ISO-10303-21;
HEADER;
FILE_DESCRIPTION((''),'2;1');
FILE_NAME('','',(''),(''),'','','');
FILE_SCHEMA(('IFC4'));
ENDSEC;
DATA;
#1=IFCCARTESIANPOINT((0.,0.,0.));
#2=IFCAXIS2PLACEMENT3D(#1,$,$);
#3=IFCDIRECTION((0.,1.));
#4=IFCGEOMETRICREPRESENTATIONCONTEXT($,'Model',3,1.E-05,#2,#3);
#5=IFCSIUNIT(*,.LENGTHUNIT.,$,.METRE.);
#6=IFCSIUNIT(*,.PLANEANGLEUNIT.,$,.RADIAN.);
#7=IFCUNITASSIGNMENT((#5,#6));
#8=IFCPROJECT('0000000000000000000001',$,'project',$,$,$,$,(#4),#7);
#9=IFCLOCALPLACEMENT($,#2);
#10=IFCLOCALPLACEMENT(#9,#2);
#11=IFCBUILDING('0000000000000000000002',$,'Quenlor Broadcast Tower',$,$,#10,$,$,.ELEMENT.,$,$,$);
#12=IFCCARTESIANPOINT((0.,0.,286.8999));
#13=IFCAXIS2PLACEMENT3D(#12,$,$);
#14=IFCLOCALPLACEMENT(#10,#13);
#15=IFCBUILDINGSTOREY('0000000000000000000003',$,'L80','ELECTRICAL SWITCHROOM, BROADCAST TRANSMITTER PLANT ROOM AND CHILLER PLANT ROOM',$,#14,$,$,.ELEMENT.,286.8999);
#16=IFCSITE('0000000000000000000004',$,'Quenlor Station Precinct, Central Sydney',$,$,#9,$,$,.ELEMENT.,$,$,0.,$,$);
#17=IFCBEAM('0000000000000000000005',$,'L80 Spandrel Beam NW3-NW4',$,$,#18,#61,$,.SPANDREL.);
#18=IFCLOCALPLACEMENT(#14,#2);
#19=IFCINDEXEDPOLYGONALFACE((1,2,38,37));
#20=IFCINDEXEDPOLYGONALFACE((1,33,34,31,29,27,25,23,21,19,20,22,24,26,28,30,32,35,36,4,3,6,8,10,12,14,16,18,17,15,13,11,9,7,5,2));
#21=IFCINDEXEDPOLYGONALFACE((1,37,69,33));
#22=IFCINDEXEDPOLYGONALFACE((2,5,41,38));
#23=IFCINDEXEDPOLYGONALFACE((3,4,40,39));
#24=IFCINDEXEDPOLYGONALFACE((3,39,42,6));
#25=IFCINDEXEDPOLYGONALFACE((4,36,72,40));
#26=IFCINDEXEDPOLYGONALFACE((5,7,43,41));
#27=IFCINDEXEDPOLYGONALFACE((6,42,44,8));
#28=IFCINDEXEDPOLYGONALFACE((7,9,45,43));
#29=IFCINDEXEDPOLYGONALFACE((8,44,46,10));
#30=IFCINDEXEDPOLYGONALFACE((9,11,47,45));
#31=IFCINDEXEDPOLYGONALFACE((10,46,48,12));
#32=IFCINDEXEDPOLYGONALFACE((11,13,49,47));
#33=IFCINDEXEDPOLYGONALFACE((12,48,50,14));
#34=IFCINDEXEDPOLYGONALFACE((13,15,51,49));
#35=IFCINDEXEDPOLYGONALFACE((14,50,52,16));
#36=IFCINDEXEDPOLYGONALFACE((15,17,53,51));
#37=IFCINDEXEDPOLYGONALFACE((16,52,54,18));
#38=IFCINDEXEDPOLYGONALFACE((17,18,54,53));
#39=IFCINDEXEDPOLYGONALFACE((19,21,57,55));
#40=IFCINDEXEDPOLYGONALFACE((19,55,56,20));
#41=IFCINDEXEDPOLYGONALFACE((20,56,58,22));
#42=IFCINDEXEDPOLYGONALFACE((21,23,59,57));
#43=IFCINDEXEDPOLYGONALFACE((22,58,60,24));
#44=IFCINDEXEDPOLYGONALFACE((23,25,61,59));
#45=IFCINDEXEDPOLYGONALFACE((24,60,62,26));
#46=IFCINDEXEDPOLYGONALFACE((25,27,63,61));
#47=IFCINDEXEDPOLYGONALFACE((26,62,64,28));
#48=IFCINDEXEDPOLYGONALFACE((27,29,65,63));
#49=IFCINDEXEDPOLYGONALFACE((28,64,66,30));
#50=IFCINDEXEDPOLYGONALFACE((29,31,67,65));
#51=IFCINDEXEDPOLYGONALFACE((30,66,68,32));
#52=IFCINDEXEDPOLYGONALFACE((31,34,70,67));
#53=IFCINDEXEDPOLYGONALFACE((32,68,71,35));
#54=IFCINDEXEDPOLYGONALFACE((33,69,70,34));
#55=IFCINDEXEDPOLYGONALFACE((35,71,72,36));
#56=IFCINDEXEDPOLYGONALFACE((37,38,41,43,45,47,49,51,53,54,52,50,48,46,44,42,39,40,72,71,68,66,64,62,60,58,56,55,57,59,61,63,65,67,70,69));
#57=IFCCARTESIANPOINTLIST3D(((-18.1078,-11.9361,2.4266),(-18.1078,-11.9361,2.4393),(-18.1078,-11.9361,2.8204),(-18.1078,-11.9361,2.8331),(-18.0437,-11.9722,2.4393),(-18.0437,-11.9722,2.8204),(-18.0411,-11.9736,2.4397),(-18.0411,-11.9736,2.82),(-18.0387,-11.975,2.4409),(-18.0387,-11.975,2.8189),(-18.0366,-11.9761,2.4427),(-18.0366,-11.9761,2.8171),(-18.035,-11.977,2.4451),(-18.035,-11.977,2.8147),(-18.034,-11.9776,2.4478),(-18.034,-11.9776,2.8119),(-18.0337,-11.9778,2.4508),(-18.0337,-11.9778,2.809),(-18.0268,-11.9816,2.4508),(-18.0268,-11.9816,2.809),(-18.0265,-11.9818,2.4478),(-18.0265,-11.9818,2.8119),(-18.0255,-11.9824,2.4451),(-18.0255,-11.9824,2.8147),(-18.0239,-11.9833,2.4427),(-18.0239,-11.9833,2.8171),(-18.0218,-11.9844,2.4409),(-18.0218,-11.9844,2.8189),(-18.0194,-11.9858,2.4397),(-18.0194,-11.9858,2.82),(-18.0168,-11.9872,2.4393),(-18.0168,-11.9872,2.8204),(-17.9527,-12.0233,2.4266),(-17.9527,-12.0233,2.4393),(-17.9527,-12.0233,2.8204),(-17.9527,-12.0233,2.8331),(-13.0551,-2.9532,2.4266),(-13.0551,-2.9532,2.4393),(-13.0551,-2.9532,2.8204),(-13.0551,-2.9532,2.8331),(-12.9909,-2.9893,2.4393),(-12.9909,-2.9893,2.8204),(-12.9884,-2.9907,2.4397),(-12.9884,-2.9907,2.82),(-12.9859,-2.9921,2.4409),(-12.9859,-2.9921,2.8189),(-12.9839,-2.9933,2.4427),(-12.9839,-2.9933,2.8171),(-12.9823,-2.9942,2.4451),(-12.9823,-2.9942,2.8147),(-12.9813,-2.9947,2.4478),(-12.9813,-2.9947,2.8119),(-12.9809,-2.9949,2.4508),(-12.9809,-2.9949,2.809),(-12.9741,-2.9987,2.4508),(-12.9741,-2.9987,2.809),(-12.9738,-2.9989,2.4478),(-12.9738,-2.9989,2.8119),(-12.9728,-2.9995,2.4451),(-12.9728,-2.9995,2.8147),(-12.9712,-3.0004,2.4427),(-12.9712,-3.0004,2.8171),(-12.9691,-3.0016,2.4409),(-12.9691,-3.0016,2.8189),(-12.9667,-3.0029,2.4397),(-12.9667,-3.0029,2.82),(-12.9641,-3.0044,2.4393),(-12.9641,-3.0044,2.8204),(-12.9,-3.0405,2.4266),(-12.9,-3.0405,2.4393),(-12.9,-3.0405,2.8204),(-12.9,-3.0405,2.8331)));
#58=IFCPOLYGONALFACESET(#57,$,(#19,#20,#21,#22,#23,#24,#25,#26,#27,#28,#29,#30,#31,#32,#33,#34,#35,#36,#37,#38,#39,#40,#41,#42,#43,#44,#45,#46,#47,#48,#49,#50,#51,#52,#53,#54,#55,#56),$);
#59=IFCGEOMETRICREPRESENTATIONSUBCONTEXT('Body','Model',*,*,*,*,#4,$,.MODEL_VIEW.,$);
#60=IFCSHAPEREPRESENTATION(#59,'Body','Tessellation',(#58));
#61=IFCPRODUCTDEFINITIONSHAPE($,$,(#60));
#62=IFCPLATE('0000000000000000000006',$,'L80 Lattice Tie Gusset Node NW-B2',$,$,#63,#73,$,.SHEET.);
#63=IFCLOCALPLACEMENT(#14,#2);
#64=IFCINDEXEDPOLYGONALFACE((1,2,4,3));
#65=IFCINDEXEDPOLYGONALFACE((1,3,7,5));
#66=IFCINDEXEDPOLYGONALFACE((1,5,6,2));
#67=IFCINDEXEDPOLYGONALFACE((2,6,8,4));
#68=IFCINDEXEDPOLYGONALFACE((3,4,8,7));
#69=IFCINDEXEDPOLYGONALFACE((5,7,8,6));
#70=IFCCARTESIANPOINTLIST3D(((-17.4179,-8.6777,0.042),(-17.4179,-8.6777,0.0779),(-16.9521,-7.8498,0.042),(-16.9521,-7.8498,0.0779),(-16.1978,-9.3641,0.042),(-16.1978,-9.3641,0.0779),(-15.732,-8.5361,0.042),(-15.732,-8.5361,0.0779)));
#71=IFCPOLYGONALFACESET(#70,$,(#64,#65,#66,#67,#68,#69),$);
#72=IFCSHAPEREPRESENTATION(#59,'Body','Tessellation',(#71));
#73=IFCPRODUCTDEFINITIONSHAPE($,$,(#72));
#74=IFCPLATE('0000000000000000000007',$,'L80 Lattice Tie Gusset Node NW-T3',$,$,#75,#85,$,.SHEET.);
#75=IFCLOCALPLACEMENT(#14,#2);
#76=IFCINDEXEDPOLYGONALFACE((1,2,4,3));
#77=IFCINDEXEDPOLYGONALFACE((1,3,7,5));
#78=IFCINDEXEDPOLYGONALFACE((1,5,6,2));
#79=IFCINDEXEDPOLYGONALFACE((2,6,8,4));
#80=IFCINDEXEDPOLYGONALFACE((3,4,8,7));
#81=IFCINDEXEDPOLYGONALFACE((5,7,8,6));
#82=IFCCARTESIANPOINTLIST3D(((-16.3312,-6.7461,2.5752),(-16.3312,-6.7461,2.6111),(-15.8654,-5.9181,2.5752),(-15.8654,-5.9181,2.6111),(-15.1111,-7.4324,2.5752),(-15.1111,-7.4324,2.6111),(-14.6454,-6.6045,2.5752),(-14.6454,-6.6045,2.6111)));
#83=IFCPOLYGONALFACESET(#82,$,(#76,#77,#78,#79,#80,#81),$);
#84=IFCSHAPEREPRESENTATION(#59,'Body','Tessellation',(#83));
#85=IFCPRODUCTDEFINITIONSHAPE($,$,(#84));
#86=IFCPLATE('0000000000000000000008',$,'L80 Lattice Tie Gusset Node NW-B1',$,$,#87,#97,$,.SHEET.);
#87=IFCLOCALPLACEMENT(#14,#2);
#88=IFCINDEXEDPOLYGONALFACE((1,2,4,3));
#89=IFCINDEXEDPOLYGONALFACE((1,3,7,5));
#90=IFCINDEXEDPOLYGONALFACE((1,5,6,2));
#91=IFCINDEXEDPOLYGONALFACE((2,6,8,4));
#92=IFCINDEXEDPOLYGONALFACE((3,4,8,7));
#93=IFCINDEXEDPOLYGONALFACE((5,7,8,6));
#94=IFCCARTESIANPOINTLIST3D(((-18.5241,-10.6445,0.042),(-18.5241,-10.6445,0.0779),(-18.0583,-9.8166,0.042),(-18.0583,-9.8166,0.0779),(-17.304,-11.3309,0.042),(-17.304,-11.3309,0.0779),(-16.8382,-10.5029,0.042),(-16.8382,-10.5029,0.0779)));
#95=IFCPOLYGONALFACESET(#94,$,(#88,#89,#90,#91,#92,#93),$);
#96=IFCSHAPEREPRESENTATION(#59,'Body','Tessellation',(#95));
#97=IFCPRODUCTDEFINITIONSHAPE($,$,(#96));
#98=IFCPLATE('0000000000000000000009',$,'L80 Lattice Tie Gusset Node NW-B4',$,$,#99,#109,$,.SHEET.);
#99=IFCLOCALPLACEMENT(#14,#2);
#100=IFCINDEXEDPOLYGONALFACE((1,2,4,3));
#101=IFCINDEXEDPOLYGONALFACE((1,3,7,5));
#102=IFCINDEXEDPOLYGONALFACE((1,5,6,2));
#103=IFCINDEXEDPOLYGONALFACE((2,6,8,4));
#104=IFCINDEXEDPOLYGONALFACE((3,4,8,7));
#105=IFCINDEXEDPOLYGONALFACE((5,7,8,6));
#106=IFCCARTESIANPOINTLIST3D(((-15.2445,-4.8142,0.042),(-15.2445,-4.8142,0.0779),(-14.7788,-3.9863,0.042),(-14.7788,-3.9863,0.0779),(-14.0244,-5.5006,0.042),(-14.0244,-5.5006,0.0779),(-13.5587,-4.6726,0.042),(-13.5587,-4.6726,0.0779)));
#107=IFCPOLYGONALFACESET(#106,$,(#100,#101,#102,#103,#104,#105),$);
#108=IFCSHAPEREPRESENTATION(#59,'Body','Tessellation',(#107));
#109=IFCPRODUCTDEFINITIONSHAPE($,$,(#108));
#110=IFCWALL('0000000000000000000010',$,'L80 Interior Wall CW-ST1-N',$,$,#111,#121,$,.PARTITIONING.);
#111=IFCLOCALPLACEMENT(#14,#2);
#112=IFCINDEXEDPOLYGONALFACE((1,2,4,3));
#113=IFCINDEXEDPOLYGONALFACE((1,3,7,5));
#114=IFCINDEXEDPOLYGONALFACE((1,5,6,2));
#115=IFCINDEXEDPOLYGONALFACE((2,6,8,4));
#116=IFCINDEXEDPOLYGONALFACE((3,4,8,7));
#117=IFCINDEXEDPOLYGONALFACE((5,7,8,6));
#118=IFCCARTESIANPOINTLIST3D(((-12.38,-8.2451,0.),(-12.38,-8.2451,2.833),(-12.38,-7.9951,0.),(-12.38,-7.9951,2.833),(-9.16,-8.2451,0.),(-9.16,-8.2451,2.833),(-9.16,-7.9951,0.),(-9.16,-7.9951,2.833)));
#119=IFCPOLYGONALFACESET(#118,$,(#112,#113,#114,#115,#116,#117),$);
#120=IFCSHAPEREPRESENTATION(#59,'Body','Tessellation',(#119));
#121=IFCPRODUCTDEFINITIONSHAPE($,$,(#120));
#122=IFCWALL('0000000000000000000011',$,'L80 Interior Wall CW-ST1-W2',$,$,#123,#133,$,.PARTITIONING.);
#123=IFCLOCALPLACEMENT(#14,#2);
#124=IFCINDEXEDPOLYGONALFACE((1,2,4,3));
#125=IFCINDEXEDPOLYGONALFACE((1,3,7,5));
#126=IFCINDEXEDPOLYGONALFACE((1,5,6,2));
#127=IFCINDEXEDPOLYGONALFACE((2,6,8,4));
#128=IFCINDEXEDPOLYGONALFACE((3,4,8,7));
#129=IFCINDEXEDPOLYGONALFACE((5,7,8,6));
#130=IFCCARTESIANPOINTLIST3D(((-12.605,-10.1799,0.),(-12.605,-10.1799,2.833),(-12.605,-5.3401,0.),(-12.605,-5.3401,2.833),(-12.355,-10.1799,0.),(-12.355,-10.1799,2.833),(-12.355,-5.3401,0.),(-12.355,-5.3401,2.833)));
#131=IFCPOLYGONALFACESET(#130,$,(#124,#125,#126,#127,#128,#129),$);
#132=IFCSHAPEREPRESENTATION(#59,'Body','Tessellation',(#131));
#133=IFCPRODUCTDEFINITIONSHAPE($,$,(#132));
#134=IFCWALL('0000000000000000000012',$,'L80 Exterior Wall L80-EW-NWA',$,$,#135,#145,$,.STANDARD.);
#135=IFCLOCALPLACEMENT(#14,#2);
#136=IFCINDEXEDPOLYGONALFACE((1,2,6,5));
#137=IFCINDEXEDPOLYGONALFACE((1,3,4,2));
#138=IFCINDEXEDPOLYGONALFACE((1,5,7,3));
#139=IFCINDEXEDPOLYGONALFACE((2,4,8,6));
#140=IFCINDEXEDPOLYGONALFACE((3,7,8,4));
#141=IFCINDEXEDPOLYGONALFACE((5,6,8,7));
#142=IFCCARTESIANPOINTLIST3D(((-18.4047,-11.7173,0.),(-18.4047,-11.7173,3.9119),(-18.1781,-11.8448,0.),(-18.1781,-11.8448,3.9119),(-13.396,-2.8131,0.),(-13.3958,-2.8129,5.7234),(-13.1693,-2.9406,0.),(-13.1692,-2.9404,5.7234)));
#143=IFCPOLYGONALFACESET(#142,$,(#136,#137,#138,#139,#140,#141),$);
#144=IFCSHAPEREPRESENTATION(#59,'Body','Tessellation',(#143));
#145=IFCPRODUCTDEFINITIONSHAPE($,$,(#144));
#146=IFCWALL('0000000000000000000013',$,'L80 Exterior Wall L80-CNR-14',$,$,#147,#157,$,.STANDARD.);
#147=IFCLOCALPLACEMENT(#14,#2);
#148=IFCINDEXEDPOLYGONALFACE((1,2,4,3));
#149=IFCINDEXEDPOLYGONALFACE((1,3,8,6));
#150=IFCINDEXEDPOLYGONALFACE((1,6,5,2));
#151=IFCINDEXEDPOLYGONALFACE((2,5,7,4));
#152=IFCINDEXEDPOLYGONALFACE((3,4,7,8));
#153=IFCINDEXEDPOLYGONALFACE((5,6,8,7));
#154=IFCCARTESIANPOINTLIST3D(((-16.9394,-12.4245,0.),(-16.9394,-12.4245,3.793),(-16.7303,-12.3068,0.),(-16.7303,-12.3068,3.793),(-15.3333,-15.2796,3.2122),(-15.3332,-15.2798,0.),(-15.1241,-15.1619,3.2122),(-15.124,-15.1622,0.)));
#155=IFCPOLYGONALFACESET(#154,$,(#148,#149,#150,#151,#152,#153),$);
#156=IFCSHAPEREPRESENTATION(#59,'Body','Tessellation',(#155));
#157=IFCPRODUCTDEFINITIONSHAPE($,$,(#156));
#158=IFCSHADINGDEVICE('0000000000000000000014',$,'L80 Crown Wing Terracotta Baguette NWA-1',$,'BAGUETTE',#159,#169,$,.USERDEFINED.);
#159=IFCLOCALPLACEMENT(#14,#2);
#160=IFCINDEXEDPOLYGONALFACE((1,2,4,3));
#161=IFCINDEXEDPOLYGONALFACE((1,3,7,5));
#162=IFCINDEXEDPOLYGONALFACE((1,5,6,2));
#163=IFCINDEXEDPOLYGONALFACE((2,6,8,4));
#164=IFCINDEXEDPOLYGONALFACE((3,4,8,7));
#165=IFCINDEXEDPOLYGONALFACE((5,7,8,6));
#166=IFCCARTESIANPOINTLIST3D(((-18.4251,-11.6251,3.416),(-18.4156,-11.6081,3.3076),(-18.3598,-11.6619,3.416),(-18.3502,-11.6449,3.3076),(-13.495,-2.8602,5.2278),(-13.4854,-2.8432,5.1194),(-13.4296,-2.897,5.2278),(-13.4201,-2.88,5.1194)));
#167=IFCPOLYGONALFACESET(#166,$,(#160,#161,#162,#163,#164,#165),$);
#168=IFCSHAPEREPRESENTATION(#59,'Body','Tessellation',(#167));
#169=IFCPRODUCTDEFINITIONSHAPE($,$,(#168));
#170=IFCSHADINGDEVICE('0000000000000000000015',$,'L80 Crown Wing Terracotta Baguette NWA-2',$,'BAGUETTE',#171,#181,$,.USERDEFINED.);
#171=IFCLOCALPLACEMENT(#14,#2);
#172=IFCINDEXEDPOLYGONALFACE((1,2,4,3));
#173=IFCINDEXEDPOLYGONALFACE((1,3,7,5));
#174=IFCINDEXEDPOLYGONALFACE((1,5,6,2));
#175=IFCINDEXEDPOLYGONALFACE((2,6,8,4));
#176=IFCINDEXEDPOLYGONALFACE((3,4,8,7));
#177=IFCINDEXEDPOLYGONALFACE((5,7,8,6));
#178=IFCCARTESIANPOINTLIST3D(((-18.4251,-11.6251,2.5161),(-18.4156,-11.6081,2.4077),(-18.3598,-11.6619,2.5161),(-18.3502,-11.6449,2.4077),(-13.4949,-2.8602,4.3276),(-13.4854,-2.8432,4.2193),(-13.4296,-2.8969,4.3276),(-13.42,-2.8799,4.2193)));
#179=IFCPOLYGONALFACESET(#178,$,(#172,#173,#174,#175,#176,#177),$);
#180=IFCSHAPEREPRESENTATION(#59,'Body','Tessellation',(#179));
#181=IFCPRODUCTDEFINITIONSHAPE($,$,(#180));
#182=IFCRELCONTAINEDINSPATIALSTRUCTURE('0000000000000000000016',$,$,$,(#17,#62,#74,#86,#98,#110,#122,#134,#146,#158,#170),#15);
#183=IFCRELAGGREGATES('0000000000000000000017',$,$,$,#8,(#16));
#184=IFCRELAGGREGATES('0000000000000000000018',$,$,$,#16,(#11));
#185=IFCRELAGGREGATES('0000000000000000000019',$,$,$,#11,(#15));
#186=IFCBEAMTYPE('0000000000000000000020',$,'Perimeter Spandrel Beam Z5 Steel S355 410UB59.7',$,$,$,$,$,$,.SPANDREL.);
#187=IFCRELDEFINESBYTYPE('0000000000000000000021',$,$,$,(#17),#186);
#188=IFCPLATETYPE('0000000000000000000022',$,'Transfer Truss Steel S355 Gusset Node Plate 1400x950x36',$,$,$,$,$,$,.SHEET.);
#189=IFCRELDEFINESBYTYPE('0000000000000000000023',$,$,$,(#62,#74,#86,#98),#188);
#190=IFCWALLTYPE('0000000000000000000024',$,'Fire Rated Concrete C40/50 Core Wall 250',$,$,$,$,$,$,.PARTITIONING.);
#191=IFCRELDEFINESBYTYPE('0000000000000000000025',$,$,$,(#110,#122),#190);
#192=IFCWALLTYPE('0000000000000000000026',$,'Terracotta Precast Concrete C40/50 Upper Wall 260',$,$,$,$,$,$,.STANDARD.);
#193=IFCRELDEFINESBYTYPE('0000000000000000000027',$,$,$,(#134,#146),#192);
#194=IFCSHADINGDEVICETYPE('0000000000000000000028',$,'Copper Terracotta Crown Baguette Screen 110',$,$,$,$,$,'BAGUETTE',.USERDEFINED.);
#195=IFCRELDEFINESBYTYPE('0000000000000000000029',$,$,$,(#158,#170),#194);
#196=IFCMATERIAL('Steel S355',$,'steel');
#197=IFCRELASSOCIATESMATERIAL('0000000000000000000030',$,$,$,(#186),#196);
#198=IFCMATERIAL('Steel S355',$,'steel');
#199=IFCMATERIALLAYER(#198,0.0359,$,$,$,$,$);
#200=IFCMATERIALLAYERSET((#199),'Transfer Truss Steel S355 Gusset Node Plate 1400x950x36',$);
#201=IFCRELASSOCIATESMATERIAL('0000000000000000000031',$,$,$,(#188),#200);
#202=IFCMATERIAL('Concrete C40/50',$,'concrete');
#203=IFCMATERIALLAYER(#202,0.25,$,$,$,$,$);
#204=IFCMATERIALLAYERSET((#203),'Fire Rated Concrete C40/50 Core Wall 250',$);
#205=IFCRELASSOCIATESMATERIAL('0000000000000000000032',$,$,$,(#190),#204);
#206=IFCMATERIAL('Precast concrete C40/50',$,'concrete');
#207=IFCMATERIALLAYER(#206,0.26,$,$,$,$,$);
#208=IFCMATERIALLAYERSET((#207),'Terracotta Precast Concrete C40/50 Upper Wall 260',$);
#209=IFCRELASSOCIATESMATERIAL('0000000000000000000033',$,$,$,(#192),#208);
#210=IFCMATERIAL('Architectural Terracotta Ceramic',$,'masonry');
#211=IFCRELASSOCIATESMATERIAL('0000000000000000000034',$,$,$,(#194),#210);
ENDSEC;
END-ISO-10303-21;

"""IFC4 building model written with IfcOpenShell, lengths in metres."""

from ifc_helpers import new_model, si_unit, direction, frame, frame_2d, origin, origin_2d, place, context, subcontext, project, spatial, polyline, rectangle, i_section, outline, extrude, material, layer, layer_set, material_profile, profile_set, type_object, element, save


model = new_model("IFC4")

# Units and contexts
model_context = context("Model", 3, precision=1e-05, world=origin(), true_north=direction((0.0, 1.0)))
body_context = subcontext(model_context, "Body", "Model", "MODEL_VIEW")
ifc_project = project(units=[si_unit("LENGTHUNIT", "METRE"), si_unit("PLANEANGLEUNIT", "RADIAN")], contexts=[model_context])

# Site, building, storey
site_placement = place(None, origin())
site = spatial("IfcSite", under=ifc_project, at=site_placement, Name="Quenlor Station Precinct, Central Sydney", CompositionType="ELEMENT", RefElevation=0.0)
building_placement = place(site_placement, origin())
building = spatial("IfcBuilding", under=site, at=building_placement, Name="Quenlor Broadcast Tower", CompositionType="ELEMENT")
storey_placement = place(building_placement, frame((0.0, 0.0, 286.8999)))
storey = spatial("IfcBuildingStorey", under=building, at=storey_placement, Name="L80", Description="ELECTRICAL SWITCHROOM, BROADCAST TRANSMITTER PLANT ROOM AND CHILLER PLANT ROOM", CompositionType="ELEMENT", Elevation=286.8999)

# Beam
ifc_material_1 = material(Name="Steel S355", Category="steel")
ifc_material_profile_1 = material_profile(ifc_material_1, i_section(OverallWidth=0.178, OverallDepth=0.4065, WebThickness=0.0078, FlangeThickness=0.0127, FilletRadius=0.0115, at=origin_2d()))
ifc_profile_set_1 = profile_set([ifc_material_profile_1], Name="Steel S355 410UB59.7")
beam_type_1 = type_object("IfcBeamType", Name="Perimeter Spandrel Beam Z5 Steel S355 410UB59.7", PredefinedType="SPANDREL", material=ifc_profile_set_1)
beam_1_placement = place(storey_placement, frame((-12.9775, -2.9968, 2.6299), z_axis=(-0.49025, -0.871582, 0.0), x_axis=(0.871582, -0.49025, 0.0)))
element("IfcBeam", 1, at=beam_1_placement, inside=storey, type_object=beam_type_1, Name="L80 Spandrel Beam NW3-NW4", PredefinedType="SPANDREL", context=body_context, shape_type="SweptSolid", body=[
    extrude(i_section(OverallWidth=0.178, OverallDepth=0.4065, WebThickness=0.0078, FlangeThickness=0.0127, FilletRadius=0.0115, at=origin_2d()), origin(), (0.0, 0.0, 1.0), 10.3064),
])

# Plates
ifc_material_2 = material(Name="Steel S355", Category="steel")
ifc_layer_1 = layer(ifc_material_2, 0.0359)
ifc_layer_set_1 = layer_set([ifc_layer_1], Name="Transfer Truss Steel S355 Gusset Node Plate 1400x950x36")
plate_type = type_object("IfcPlateType", Name="Transfer Truss Steel S355 Gusset Node Plate 1400x950x36", PredefinedType="SHEET", material=ifc_layer_set_1)
for number, where, z_axis, x_axis, name in (
    (2, (-16.575, -8.6069, 0.042), (0.0, 0.0, 1.0), (-0.871556, 0.490295, 0.0), "L80 Lattice Tie Gusset Node NW-B2"),
    (3, (-15.4883, -6.6753, 2.5752), (0.0, 0.0, 1.0), (-0.871556, 0.490295, 0.0), "L80 Lattice Tie Gusset Node NW-T3"),
    (4, (-17.6812, -10.5737, 0.042), (0.0, 0.0, 1.0), (-0.871556, 0.490295, 0.0), "L80 Lattice Tie Gusset Node NW-B1"),
    (5, (-14.4016, -4.7434, 0.042), (0.0, 0.0, 1.0), (-0.871556, 0.490295, 0.0), "L80 Lattice Tie Gusset Node NW-B4"),
):
    element("IfcPlate", number, at=place(storey_placement, frame(where, z_axis=z_axis, x_axis=x_axis)), inside=storey, type_object=plate_type, Name=name, PredefinedType="SHEET", context=body_context, shape_type="SweptSolid", body=[
        extrude(rectangle(XDim=1.3999, YDim=0.95, at=origin_2d()), origin(), (0.0, 0.0, 1.0), 0.0359),
    ])

# Walls
ifc_material_3 = material(Name="Concrete C40/50", Category="concrete")
ifc_layer_2 = layer(ifc_material_3, 0.25)
ifc_layer_set_2 = layer_set([ifc_layer_2], Name="Fire Rated Concrete C40/50 Core Wall 250")
wall_type_1 = type_object("IfcWallType", Name="Fire Rated Concrete C40/50 Core Wall 250", PredefinedType="PARTITIONING", material=ifc_layer_set_2)
wall_1_placement = place(storey_placement, frame((-12.3799, -8.1201, 0.0), z_axis=(0.0, 0.0, 1.0), x_axis=(1.0, 0.0, 0.0)))
element("IfcWall", 6, at=wall_1_placement, inside=storey, type_object=wall_type_1, Name="L80 Interior Wall CW-ST1-N", PredefinedType="PARTITIONING", context=body_context, shape_type="SweptSolid", body=[
    extrude(rectangle(XDim=3.22, YDim=0.25, at=frame_2d((1.6099, 0.0))), origin(), (0.0, 0.0, 1.0), 2.833),
])
wall_2_placement = place(storey_placement, frame((-12.48, -10.1799, 0.0), z_axis=(0.0, 0.0, 1.0), x_axis=(0.0, 1.0, 0.0)))
element("IfcWall", 7, at=wall_2_placement, inside=storey, type_object=wall_type_1, Name="L80 Interior Wall CW-ST1-W2", PredefinedType="PARTITIONING", context=body_context, shape_type="SweptSolid", body=[
    extrude(rectangle(XDim=4.8398, YDim=0.25, at=frame_2d((2.4199, 0.0))), origin(), (0.0, 0.0, 1.0), 2.833),
])

# Walls
ifc_material_4 = material(Name="Precast concrete C40/50", Category="concrete")
ifc_layer_3 = layer(ifc_material_4, 0.26)
ifc_layer_set_3 = layer_set([ifc_layer_3], Name="Terracotta Precast Concrete C40/50 Upper Wall 260")
wall_type_2 = type_object("IfcWallType", Name="Terracotta Precast Concrete C40/50 Upper Wall 260", PredefinedType="STANDARD", material=ifc_layer_set_3)
wall_3_placement = place(storey_placement, frame((-18.2915, -11.781, 0.0), z_axis=(0.0, 0.0, 1.0), x_axis=(0.49027, 0.87157, 0.0)))
element("IfcWall", 8, at=wall_3_placement, inside=storey, type_object=wall_type_2, Name="L80 Exterior Wall L80-EW-NWA", PredefinedType="STANDARD", context=body_context, shape_type="SweptSolid", body=[
    extrude(outline(polyline([(0.0, 0.0), (10.2163, 0.0), (10.2166, 5.7234), (0.0, 3.9119), (0.0, 0.0)])), frame((0.0, 0.1299, 0.0), z_axis=(0.0, -1.0, 0.0), x_axis=(1.0, 0.0, 0.0)), (0.0, 0.0, 1.0), 0.26),
])
wall_4_placement = place(storey_placement, frame((-16.835, -12.3657, 0.0), z_axis=(0.0, 0.0, 1.0), x_axis=(0.490293, -0.871558, 0.0)))
element("IfcWall", 9, at=wall_4_placement, inside=storey, type_object=wall_type_2, Name="L80 Exterior Wall L80-CNR-14", PredefinedType="STANDARD", context=body_context, shape_type="SweptSolid", body=[
    extrude(outline(polyline([(0.0, 0.0), (3.2761, 0.0), (3.2759, 3.2122), (0.0, 3.793), (0.0, 0.0)])), frame((0.0, 0.1201, 0.0), z_axis=(0.0, -1.0, 0.0), x_axis=(1.0, 0.0, 0.0)), (0.0, 0.0, 1.0), 0.24),
])

# Shading devices
ifc_material_5 = material(Name="Architectural Terracotta Ceramic", Category="masonry")
ifc_material_profile_2 = material_profile(ifc_material_5, rectangle(XDim=0.075, YDim=0.1101, at=origin_2d()))
ifc_profile_set_2 = profile_set([ifc_material_profile_2], Name="Architectural Terracotta Ceramic BAG75x110")
shading_device_type = type_object("IfcShadingDeviceType", Name="Copper Terracotta Crown Baguette Screen 110", ElementType="BAGUETTE", PredefinedType="USERDEFINED", material=ifc_profile_set_2)
for number, where, z_axis, x_axis, name in (
    (10, (-18.3877, -11.635, 3.3618), (0.482488, 0.857769, 0.177307), (-0.871579, 0.490255, 0.0), "L80 Crown Wing Terracotta Baguette NWA-1"),
    (11, (-18.3877, -11.635, 2.4619), (0.48249, 0.857773, 0.177284), (-0.871579, 0.490255, 0.0), "L80 Crown Wing Terracotta Baguette NWA-2"),
):
    element("IfcShadingDevice", number, at=place(storey_placement, frame(where, z_axis=z_axis, x_axis=x_axis)), inside=storey, type_object=shading_device_type, Name=name, ObjectType="BAGUETTE", PredefinedType="USERDEFINED", context=body_context, shape_type="SweptSolid", body=[
        extrude(rectangle(XDim=0.075, YDim=0.1101, at=origin_2d()), origin(), (0.0, 0.0, 1.0), 10.2183),
    ])

save(model, "model.ifc")
